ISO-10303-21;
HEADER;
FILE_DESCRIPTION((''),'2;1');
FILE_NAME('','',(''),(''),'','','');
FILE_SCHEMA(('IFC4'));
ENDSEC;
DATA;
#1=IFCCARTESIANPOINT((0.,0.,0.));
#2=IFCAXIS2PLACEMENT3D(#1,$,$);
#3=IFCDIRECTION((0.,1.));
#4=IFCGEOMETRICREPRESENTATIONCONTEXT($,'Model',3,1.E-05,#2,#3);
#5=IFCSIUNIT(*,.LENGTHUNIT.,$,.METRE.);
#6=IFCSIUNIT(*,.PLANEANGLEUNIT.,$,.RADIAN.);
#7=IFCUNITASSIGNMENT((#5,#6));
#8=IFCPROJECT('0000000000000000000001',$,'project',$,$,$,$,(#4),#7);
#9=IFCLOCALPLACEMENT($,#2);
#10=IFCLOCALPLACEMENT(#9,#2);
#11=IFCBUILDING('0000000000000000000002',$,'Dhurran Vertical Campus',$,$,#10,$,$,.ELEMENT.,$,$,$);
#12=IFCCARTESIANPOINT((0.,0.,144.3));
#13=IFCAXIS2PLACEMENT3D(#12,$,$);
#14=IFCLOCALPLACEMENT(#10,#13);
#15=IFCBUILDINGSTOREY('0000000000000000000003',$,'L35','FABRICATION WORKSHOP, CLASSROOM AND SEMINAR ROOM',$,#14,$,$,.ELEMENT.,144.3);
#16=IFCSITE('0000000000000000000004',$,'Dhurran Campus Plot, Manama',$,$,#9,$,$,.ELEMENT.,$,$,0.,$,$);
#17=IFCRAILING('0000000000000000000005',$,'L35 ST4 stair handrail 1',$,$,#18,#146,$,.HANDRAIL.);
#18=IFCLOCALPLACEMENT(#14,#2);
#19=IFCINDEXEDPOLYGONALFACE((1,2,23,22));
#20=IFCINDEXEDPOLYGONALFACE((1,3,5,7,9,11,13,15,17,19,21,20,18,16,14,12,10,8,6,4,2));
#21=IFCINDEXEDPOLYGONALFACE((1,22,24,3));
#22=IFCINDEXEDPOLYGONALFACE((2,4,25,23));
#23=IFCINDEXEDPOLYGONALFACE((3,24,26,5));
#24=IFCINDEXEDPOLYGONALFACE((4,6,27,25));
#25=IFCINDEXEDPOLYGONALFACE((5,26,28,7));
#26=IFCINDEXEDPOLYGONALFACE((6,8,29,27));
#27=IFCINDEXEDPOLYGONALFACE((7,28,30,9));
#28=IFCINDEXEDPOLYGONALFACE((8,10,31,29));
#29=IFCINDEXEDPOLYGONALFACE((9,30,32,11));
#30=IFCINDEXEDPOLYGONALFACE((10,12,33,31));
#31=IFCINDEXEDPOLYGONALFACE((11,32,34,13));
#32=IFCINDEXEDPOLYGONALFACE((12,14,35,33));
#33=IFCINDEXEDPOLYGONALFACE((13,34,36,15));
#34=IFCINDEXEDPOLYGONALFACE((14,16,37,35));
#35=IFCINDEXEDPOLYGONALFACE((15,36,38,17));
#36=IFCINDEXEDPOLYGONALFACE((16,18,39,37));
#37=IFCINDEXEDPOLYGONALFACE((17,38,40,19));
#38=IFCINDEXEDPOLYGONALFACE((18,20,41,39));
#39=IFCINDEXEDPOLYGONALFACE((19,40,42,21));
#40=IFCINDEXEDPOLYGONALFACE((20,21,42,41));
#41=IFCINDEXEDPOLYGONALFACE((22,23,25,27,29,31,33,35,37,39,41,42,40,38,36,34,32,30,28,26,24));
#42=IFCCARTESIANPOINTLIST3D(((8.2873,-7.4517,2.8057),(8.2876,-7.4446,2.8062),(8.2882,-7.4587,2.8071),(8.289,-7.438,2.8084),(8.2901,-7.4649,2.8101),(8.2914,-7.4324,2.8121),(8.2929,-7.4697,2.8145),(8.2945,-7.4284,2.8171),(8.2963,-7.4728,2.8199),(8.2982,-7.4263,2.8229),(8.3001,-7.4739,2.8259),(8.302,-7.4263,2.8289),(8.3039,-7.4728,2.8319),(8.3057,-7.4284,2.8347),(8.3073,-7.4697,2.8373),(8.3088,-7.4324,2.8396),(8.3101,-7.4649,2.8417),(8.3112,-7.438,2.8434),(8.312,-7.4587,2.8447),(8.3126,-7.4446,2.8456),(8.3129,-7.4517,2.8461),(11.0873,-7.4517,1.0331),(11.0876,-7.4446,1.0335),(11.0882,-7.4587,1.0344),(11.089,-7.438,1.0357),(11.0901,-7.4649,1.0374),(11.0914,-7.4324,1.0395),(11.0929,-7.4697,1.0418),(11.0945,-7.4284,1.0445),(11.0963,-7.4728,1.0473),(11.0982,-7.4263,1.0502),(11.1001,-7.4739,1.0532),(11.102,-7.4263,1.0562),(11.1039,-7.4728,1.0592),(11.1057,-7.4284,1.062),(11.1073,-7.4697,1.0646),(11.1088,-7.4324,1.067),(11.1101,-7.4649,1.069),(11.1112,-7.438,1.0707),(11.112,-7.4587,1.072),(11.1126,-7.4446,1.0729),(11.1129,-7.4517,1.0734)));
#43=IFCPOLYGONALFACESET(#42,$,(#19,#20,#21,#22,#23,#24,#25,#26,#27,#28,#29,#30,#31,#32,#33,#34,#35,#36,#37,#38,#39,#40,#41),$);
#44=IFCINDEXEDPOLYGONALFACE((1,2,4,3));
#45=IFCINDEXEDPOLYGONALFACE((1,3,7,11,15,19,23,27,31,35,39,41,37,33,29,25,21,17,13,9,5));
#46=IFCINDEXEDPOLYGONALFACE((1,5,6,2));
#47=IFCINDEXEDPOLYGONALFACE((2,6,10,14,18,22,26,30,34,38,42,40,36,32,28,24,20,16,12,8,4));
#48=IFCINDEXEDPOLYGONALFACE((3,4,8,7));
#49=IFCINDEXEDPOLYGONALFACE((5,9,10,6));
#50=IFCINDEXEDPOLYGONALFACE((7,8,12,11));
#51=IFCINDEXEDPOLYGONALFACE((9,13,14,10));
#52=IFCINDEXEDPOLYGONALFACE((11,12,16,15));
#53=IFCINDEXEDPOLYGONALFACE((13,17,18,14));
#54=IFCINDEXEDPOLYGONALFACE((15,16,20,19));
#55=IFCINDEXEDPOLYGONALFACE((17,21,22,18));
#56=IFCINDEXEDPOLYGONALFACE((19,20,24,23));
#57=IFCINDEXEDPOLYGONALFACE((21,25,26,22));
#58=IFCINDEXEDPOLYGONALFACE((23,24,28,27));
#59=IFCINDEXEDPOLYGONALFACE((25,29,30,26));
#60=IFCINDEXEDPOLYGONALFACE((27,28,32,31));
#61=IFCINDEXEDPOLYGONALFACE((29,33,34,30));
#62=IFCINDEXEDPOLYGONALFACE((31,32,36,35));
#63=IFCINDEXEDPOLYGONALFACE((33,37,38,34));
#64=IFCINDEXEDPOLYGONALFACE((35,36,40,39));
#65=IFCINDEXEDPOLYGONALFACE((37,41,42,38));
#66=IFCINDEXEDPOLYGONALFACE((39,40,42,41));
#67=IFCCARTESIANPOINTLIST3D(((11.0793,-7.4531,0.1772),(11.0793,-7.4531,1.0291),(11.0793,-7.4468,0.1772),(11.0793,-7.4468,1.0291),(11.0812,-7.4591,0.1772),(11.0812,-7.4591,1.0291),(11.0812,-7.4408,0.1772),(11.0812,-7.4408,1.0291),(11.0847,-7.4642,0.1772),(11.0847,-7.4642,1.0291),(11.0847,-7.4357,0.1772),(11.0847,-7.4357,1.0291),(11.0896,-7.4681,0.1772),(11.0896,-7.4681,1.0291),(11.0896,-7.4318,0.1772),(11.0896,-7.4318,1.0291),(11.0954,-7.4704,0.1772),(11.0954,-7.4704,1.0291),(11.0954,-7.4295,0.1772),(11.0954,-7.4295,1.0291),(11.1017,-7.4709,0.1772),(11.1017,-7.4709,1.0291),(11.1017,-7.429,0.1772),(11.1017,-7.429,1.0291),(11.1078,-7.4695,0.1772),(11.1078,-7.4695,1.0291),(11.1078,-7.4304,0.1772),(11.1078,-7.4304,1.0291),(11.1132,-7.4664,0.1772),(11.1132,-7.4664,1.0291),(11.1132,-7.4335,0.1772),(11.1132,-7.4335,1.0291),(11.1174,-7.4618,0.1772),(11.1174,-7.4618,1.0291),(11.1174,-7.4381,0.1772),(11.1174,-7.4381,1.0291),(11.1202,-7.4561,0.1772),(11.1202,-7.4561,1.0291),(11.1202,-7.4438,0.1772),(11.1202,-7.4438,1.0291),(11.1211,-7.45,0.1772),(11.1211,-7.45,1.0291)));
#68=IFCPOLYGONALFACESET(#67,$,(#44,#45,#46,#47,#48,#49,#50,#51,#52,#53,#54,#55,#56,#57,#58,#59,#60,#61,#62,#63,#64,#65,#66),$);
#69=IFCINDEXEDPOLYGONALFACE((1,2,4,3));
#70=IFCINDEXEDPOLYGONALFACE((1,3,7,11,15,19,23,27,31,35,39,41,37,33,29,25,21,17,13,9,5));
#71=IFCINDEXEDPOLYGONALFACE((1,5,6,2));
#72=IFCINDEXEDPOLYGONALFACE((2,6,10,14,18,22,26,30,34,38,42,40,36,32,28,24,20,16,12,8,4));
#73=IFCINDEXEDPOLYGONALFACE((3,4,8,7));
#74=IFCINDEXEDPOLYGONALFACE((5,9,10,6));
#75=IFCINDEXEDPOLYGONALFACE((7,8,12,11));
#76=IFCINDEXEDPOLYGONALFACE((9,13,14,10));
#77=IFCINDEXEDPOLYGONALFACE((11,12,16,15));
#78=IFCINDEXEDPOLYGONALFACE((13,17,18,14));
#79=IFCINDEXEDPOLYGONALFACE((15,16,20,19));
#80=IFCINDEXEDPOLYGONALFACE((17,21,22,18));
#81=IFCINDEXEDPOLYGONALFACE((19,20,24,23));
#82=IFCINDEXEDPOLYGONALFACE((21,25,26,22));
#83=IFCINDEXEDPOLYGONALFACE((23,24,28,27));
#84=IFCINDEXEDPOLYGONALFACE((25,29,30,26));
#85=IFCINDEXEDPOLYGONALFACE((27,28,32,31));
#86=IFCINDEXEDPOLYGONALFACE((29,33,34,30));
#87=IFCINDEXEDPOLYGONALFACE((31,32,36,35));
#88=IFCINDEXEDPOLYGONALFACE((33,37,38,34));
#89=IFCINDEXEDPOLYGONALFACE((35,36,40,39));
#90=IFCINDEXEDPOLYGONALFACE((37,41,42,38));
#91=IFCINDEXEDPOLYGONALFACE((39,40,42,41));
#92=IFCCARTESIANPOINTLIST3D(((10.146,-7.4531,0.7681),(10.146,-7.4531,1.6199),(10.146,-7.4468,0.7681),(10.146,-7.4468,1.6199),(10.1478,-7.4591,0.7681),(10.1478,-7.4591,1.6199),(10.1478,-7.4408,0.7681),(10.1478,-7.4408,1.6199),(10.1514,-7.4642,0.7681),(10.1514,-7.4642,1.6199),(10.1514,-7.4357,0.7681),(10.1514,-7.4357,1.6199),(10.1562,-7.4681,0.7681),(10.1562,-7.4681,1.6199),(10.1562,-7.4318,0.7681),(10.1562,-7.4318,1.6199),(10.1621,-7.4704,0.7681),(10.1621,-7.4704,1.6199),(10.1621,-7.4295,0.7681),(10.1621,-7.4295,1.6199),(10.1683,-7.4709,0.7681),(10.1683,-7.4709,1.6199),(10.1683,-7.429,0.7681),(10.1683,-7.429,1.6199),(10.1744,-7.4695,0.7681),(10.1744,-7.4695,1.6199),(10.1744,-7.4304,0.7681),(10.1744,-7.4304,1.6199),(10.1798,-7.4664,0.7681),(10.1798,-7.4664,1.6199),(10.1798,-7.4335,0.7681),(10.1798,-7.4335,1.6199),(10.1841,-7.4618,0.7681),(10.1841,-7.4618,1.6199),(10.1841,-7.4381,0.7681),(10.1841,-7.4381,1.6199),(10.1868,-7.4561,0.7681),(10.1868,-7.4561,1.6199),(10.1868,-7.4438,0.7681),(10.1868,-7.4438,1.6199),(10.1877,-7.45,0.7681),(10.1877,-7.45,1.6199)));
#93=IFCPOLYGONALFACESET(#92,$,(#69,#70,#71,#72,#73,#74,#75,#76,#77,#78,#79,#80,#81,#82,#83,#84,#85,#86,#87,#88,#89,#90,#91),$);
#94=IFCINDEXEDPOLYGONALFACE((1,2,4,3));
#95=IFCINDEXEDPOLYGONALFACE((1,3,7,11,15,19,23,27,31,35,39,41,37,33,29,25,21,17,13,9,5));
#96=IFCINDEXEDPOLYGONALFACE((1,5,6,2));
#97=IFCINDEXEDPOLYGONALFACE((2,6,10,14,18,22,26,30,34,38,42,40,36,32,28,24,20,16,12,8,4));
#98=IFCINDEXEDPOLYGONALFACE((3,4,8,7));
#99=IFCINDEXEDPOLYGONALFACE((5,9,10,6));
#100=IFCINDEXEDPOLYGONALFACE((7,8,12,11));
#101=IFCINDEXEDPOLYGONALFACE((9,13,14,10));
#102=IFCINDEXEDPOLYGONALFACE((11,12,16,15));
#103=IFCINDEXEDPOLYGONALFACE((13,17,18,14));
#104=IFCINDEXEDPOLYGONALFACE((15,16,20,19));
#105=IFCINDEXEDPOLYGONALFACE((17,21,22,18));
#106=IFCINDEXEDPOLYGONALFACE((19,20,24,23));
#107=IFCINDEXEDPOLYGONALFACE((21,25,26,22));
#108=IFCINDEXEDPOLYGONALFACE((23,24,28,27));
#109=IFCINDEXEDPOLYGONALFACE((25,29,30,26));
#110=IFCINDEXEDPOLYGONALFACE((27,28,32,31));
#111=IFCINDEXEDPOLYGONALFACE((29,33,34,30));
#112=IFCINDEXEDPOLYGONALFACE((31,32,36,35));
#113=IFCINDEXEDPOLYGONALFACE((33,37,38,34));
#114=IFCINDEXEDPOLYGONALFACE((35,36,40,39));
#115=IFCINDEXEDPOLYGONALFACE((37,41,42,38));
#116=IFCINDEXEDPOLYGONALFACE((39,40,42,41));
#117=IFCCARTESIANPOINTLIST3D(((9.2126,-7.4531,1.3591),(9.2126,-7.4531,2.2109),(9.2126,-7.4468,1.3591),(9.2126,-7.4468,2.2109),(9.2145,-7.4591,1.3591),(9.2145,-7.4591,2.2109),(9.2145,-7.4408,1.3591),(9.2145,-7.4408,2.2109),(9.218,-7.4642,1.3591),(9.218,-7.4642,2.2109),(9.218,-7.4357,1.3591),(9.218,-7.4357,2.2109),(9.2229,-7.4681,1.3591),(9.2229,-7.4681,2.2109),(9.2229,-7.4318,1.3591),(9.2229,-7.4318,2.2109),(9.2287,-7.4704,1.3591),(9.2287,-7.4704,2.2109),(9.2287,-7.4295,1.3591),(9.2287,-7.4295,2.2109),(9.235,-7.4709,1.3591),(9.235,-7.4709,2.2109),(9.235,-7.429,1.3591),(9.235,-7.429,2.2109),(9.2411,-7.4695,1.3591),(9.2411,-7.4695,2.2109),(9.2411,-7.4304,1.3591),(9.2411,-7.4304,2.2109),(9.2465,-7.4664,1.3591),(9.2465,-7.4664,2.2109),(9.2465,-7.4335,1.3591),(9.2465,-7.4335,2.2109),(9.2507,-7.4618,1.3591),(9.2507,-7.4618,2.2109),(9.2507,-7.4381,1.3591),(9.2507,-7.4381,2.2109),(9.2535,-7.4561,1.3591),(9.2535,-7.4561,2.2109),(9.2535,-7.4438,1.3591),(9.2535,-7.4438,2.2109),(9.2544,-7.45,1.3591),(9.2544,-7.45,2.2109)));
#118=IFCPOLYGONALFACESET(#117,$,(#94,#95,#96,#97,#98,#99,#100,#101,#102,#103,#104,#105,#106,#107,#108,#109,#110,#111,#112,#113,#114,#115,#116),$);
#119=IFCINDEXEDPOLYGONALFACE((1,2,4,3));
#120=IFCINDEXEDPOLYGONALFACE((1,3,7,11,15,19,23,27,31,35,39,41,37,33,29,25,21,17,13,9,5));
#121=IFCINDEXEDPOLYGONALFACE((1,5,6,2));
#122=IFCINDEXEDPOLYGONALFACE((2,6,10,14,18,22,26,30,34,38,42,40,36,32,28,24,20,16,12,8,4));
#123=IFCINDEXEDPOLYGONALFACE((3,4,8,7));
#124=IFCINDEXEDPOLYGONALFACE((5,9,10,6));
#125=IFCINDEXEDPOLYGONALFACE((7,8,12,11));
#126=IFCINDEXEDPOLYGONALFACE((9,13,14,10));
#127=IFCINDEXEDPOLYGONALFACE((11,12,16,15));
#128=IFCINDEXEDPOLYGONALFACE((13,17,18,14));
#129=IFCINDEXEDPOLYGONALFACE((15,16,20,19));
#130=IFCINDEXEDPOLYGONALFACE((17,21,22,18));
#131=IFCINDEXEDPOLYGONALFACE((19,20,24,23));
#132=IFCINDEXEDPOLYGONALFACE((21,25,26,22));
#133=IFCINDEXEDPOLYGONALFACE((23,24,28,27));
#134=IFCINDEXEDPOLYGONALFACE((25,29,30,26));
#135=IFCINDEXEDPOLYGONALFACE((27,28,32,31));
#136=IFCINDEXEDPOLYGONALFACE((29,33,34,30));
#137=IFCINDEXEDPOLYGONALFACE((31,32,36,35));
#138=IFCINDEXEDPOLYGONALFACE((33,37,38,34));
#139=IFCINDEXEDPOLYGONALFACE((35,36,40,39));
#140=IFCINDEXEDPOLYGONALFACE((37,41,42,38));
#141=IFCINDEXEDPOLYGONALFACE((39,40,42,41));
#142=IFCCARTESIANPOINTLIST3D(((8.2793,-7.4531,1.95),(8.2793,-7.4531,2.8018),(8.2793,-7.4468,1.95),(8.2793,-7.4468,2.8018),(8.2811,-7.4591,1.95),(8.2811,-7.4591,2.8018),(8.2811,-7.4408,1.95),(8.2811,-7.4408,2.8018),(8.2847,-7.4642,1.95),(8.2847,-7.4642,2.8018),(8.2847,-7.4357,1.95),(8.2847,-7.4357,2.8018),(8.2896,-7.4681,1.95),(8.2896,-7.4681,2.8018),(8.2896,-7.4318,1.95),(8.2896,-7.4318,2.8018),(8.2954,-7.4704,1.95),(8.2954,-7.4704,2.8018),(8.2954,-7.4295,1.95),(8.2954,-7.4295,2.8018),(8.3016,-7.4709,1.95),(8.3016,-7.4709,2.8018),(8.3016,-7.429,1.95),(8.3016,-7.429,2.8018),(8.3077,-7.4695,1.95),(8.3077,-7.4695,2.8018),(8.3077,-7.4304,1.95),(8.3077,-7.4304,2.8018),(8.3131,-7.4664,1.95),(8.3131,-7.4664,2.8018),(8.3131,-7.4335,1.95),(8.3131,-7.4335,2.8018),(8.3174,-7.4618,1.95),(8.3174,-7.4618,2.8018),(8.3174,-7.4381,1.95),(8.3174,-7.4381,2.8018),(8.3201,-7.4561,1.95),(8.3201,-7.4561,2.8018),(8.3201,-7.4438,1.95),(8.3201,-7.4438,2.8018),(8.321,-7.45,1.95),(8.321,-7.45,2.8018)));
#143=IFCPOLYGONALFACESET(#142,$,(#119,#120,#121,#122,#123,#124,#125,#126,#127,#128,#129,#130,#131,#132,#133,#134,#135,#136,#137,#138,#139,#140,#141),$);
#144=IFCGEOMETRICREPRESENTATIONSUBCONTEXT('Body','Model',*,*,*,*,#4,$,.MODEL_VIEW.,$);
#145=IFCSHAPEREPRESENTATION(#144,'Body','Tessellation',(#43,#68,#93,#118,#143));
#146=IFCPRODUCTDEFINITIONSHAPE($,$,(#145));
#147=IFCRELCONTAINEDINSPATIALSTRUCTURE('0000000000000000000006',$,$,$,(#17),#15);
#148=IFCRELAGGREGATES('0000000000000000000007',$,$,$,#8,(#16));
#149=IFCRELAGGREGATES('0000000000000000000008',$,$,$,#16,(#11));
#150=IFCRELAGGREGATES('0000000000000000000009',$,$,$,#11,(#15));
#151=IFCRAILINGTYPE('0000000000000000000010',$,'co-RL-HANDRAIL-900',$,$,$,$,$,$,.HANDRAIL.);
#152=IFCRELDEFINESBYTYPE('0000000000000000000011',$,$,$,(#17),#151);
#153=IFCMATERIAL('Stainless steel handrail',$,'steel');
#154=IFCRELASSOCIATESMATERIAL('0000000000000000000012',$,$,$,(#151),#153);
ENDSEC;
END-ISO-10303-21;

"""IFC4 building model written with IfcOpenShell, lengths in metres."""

from ifc_helpers import new_model, si_unit, direction, frame, origin, origin_2d, place, context, subcontext, project, spatial, circle, extrude, material, type_object, element, save


model = new_model("IFC4")

# Units and contexts
model_context = context("Model", 3, precision=1e-05, world=origin(), true_north=direction((0.0, 1.0)))
body_context = subcontext(model_context, "Body", "Model", "MODEL_VIEW")
ifc_project = project(units=[si_unit("LENGTHUNIT", "METRE"), si_unit("PLANEANGLEUNIT", "RADIAN")], contexts=[model_context])

# Site, building, storey
site_placement = place(None, origin())
site = spatial("IfcSite", under=ifc_project, at=site_placement, Name="Dhurran Campus Plot, Manama", CompositionType="ELEMENT", RefElevation=0.0)
building_placement = place(site_placement, origin())
building = spatial("IfcBuilding", under=site, at=building_placement, Name="Dhurran Vertical Campus", CompositionType="ELEMENT")
storey_placement = place(building_placement, frame((0.0, 0.0, 144.3)))
storey = spatial("IfcBuildingStorey", under=building, at=storey_placement, Name="L35", Description="FABRICATION WORKSHOP, CLASSROOM AND SEMINAR ROOM", CompositionType="ELEMENT", Elevation=144.3)

# Railing
ifc_material_1 = material(Name="Stainless steel handrail", Category="steel")
railing_type_1 = type_object("IfcRailingType", Name="co-RL-HANDRAIL-900", PredefinedType="HANDRAIL", material=ifc_material_1)
railing_1_placement = place(storey_placement, frame((11.1001, -7.45, 0.1772)))
element("IfcRailing", 1, at=railing_1_placement, inside=storey, type_object=railing_type_1, Name="L35 ST4 stair handrail 1", PredefinedType="HANDRAIL", context=body_context, shape_type="SweptSolid", body=[
    extrude(circle(Radius=0.0239, at=origin_2d()), frame((0.0, 0.0, 0.876), z_axis=(-0.844909, 0.0, 0.53491), x_axis=(0.0, -1.0, 0.0)), (0.0, 0.0, 1.0), 3.314),
    extrude(circle(Radius=0.021, at=origin_2d()), origin(), (0.0, 0.0, 1.0), 0.8518),
    extrude(circle(Radius=0.021, at=origin_2d()), frame((-0.9333, 0.0, 0.5908)), (0.0, 0.0, 1.0), 0.8518),
    extrude(circle(Radius=0.021, at=origin_2d()), frame((-1.8667, 0.0, 1.1819)), (0.0, 0.0, 1.0), 0.8518),
    extrude(circle(Radius=0.021, at=origin_2d()), frame((-2.8, 0.0, 1.7727)), (0.0, 0.0, 1.0), 0.8518),
])

save(model, "model.ifc")
